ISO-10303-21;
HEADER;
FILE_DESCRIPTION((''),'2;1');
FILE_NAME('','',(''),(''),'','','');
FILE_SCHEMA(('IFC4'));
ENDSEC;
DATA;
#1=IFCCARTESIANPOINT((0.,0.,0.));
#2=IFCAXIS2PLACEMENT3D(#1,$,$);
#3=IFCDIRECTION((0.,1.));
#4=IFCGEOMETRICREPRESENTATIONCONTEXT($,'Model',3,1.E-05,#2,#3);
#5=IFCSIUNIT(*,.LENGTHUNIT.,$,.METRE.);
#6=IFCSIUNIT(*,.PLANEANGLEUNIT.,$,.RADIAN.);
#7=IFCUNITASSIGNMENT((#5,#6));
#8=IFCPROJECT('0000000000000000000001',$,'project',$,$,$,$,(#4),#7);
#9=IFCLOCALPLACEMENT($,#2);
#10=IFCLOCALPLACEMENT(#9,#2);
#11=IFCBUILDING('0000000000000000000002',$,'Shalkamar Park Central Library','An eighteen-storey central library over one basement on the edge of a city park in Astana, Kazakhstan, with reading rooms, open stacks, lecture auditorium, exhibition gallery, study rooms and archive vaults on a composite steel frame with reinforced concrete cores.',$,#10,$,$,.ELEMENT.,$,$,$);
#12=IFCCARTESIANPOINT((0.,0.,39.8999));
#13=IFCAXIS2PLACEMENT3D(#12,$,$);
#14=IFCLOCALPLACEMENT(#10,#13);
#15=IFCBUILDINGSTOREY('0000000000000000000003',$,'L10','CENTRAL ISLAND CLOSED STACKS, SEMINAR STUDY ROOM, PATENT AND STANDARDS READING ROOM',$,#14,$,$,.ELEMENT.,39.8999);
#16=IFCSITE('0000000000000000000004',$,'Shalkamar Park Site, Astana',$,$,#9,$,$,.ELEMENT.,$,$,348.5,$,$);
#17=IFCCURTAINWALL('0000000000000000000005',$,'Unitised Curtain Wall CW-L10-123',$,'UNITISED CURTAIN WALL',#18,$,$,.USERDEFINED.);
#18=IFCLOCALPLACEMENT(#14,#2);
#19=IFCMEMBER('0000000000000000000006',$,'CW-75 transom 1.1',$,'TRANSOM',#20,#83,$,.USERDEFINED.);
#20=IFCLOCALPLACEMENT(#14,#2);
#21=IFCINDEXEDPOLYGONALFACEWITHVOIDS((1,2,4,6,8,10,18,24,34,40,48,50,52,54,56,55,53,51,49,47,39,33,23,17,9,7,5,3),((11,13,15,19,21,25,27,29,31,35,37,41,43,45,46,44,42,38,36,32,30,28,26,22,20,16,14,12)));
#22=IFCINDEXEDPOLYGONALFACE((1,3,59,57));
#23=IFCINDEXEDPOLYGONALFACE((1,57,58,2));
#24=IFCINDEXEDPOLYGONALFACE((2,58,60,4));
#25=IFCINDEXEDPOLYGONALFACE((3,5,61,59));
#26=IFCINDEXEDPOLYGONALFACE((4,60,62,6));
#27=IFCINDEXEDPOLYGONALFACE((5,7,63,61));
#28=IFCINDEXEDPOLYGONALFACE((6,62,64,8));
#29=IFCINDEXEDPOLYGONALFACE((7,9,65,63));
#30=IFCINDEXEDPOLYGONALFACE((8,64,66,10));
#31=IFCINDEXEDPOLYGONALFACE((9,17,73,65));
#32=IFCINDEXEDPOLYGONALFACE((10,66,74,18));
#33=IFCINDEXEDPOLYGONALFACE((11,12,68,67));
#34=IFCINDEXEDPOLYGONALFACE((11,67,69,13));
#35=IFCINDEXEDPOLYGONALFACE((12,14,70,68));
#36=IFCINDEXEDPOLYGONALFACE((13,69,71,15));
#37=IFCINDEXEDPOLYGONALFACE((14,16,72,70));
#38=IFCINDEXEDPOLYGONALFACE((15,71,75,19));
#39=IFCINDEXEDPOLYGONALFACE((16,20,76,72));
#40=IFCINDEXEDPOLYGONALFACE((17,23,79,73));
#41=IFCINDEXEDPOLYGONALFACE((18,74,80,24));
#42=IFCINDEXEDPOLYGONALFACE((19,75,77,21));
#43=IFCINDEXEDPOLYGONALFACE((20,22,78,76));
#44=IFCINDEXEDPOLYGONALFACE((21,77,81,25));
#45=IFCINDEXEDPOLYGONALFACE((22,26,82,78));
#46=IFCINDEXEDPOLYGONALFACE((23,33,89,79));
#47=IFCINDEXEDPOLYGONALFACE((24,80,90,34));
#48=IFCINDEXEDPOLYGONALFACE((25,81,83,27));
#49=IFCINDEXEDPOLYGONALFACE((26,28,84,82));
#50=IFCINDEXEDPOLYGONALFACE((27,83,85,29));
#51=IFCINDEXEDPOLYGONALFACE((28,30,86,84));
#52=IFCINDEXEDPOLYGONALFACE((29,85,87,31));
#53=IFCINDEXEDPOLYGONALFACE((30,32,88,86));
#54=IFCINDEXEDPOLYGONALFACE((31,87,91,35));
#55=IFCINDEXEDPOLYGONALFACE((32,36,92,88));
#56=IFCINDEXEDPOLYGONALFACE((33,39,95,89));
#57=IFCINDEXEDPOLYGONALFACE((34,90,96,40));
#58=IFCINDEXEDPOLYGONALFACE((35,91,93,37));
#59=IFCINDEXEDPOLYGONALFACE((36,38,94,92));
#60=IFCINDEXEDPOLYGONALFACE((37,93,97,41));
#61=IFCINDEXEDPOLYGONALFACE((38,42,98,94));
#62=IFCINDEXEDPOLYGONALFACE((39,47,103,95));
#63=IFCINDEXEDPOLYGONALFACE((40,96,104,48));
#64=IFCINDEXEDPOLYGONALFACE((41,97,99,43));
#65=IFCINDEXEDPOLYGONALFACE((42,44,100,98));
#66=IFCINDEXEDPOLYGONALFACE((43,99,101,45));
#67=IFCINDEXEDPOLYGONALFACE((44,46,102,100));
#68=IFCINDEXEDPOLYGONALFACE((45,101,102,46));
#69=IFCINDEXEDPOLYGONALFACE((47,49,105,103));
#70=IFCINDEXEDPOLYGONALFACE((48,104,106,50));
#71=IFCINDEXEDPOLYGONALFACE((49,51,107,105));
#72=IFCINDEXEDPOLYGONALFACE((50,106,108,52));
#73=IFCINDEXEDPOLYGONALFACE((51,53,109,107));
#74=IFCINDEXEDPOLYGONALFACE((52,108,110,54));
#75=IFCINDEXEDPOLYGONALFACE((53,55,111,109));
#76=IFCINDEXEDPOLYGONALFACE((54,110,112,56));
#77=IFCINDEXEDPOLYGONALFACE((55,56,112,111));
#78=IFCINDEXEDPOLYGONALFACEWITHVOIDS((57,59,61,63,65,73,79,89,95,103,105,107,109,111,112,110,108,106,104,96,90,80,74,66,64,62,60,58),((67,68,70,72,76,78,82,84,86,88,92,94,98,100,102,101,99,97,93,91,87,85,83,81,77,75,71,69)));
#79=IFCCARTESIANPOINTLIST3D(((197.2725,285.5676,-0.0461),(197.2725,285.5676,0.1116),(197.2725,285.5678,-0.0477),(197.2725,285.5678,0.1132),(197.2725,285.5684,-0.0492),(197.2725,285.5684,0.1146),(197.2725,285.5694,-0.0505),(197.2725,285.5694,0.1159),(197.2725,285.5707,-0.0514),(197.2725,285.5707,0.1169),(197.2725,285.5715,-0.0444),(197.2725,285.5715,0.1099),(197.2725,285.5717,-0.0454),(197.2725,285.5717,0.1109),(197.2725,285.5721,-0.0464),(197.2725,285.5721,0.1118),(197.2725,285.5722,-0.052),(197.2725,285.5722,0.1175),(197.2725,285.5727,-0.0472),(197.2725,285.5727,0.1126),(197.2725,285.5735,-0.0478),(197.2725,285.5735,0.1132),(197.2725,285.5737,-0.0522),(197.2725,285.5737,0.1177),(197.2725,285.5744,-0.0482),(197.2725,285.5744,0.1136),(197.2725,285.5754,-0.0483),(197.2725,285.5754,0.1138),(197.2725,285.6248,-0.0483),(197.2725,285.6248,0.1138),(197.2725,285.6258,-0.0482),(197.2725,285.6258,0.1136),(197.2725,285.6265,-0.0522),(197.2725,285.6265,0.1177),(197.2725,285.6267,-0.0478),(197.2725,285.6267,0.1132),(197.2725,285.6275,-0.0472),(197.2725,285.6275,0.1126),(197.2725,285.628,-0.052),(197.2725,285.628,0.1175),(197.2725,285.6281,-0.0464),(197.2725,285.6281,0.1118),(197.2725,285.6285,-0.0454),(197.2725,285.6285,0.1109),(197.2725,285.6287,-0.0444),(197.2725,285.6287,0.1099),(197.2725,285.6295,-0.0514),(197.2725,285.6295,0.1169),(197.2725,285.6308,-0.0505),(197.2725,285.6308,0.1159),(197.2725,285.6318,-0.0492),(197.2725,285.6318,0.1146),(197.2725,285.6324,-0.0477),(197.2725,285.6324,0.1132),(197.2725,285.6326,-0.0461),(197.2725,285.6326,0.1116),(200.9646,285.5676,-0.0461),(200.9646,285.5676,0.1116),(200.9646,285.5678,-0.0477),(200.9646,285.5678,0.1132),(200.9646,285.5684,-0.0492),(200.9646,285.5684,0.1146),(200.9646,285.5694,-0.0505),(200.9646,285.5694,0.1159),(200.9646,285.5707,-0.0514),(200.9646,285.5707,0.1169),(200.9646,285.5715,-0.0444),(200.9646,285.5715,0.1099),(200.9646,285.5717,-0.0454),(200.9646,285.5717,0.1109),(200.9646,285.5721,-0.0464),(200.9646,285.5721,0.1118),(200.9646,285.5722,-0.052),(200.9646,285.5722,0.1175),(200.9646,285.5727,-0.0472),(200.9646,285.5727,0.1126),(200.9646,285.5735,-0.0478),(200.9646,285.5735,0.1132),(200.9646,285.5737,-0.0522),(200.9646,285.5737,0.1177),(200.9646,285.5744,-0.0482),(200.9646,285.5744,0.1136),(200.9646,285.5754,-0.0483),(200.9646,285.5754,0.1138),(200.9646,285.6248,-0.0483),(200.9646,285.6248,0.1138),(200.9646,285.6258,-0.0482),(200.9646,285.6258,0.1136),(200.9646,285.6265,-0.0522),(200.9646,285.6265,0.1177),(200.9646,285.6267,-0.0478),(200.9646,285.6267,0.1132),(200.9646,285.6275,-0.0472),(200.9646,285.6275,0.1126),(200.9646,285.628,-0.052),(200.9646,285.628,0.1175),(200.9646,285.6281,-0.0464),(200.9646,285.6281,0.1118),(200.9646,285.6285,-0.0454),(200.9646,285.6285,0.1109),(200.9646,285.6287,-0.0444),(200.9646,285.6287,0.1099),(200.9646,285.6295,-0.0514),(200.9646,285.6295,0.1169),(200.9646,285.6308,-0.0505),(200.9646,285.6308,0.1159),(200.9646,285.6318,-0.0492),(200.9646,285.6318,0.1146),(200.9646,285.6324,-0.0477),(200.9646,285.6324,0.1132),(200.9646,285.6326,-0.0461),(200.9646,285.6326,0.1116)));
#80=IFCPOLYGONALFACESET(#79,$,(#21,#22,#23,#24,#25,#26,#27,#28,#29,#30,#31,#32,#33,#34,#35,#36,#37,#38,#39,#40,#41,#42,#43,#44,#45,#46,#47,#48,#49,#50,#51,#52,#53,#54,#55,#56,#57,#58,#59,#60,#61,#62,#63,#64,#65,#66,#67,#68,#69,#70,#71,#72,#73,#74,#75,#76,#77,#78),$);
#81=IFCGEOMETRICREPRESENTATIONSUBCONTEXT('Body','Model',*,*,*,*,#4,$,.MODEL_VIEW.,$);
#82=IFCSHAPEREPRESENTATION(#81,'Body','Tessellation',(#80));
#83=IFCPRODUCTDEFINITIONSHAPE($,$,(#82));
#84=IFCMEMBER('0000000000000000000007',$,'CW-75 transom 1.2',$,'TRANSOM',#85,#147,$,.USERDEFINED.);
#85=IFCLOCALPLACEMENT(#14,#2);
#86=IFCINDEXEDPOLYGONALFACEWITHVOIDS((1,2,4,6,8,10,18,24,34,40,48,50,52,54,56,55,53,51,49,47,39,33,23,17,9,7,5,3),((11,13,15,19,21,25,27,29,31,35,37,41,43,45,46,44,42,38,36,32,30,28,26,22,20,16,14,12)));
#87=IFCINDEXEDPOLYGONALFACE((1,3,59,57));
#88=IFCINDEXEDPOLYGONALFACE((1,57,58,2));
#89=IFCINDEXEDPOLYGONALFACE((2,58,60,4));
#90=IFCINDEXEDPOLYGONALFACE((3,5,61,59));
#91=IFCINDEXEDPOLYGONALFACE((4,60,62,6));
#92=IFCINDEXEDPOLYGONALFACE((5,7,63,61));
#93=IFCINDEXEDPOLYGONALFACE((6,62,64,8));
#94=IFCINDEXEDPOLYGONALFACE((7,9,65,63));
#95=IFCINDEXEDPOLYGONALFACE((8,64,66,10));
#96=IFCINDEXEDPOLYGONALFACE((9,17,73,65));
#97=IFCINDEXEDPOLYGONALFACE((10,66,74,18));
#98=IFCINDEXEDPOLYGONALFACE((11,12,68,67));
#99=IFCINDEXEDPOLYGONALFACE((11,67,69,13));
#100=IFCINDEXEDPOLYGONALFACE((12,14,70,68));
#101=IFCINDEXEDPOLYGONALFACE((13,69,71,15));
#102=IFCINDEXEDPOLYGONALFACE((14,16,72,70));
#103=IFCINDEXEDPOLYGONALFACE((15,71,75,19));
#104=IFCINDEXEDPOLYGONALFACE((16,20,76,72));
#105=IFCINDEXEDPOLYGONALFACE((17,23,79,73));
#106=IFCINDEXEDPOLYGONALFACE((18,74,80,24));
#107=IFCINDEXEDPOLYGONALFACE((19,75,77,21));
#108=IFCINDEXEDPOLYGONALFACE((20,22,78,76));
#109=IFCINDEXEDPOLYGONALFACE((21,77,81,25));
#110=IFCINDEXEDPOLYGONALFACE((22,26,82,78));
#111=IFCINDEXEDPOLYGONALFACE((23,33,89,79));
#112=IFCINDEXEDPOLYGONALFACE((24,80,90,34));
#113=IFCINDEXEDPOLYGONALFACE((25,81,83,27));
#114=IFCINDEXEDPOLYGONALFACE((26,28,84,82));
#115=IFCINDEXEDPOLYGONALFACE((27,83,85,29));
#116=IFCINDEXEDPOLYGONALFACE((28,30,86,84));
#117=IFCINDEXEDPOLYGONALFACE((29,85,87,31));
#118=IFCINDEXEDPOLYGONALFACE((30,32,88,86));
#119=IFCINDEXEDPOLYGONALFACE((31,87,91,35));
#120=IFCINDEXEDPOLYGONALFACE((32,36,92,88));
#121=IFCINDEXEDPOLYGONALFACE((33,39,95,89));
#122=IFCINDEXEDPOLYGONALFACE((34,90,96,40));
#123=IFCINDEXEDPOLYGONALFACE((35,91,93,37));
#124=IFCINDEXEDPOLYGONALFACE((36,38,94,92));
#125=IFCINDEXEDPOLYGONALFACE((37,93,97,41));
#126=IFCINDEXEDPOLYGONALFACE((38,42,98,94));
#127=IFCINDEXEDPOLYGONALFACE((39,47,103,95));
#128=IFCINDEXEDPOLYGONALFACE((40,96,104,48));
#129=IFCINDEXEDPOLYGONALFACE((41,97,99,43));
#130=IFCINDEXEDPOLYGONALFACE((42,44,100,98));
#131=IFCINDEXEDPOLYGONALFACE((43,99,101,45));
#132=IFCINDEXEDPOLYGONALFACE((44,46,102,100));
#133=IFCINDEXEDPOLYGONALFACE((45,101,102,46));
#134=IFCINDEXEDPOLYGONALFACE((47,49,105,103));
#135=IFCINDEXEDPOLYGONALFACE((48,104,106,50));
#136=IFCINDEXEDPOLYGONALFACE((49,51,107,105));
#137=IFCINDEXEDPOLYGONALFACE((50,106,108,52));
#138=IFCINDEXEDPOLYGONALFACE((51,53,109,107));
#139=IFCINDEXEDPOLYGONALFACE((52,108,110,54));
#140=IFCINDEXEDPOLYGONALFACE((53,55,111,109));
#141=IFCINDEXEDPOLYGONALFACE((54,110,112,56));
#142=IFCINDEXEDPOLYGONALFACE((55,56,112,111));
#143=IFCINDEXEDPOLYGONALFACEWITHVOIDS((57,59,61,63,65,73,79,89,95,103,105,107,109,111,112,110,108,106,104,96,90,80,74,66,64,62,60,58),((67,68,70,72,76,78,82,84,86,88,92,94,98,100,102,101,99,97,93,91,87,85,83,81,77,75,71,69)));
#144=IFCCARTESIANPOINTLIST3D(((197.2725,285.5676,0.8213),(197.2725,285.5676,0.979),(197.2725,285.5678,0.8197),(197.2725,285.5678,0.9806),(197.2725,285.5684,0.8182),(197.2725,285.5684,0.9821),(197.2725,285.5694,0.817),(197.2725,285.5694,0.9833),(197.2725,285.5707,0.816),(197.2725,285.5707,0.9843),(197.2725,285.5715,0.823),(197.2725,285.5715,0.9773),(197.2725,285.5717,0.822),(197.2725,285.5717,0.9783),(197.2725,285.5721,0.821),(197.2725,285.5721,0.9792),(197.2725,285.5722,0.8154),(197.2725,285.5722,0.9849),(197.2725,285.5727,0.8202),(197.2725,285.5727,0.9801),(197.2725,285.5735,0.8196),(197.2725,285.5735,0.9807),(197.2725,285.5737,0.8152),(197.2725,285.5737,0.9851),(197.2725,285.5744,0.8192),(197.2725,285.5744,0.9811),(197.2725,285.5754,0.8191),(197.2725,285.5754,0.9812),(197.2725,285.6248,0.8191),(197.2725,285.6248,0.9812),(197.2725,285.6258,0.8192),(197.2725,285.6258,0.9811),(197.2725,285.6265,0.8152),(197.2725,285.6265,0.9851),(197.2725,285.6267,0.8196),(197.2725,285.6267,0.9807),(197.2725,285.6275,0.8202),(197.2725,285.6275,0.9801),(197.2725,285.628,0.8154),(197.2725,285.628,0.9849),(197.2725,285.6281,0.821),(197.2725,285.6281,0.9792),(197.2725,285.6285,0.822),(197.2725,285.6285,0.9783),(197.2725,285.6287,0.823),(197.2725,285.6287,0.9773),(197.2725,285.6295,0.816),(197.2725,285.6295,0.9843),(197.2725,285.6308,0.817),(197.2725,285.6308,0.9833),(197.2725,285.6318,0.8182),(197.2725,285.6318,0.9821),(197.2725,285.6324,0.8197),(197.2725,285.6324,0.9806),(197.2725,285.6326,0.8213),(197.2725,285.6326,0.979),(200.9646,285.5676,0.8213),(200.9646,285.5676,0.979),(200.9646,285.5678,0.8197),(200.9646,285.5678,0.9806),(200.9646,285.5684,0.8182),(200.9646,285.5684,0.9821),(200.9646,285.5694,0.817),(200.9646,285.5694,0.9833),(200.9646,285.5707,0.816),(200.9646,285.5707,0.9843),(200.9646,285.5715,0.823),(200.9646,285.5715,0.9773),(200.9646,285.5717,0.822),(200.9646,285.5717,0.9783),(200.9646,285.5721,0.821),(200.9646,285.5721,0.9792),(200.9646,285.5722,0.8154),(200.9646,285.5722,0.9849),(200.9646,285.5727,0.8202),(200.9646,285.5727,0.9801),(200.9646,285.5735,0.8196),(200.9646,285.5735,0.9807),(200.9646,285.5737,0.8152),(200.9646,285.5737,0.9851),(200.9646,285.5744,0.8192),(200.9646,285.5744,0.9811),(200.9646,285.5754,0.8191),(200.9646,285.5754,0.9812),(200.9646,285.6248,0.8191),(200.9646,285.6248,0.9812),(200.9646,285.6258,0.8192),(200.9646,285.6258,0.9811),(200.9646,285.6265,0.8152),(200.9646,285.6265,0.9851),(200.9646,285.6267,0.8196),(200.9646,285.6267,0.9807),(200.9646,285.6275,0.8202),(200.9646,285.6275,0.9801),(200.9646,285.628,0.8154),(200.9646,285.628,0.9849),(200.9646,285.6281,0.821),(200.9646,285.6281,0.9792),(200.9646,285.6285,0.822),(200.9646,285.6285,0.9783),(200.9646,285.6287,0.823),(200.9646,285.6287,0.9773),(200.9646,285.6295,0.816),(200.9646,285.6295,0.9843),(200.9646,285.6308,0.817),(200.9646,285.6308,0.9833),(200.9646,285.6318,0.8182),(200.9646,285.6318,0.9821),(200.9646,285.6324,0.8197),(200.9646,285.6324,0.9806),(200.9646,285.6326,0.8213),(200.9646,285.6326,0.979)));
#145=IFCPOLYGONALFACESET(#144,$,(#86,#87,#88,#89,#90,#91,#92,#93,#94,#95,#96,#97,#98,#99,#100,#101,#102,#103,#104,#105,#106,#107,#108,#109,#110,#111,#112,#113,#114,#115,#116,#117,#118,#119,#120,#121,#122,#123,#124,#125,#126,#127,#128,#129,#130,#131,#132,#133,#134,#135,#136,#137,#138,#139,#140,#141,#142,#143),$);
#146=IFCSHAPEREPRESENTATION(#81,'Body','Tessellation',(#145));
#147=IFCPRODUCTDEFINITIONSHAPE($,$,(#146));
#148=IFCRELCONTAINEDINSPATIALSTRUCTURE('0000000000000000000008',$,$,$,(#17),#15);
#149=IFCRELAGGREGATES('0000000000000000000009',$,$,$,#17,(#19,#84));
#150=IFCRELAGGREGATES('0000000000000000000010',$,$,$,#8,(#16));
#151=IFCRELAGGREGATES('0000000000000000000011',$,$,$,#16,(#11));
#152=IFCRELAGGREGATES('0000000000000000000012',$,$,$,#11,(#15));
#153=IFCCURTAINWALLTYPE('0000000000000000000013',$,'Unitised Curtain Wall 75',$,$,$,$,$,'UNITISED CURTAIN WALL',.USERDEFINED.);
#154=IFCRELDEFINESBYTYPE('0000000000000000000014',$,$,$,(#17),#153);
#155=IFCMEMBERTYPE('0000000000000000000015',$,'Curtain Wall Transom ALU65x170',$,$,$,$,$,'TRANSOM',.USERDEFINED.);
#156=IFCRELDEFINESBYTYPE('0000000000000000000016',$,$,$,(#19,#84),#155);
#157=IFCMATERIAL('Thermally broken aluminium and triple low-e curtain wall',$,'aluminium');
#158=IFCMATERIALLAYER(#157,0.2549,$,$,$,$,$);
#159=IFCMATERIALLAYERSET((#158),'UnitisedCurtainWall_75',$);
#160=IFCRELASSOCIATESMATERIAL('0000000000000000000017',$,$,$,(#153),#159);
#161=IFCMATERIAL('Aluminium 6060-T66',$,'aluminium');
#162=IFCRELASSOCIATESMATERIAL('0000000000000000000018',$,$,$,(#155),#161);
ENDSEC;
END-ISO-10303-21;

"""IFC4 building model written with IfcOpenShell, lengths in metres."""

from ifc_helpers import new_model, si_unit, direction, frame, origin, origin_2d, place, context, subcontext, project, spatial, hollow_rectangle, extrude, material, layer, layer_set, material_profile, profile_set, type_object, element, aggregate, save


model = new_model("IFC4")

# Units and contexts
model_context = context("Model", 3, precision=1e-05, world=origin(), true_north=direction((0.0, 1.0)))
body_context = subcontext(model_context, "Body", "Model", "MODEL_VIEW")
ifc_project = project(units=[si_unit("LENGTHUNIT", "METRE"), si_unit("PLANEANGLEUNIT", "RADIAN")], contexts=[model_context])

# Site, building, storey
site_placement = place(None, origin())
site = spatial("IfcSite", under=ifc_project, at=site_placement, Name="Shalkamar Park Site, Astana", CompositionType="ELEMENT", RefElevation=348.5)
building_placement = place(site_placement, origin())
building = spatial("IfcBuilding", under=site, at=building_placement, Name="Shalkamar Park Central Library", Description="An eighteen-storey central library over one basement on the edge of a city park in Astana, Kazakhstan, with reading rooms, open stacks, lecture auditorium, exhibition gallery, study rooms and archive vaults on a composite steel frame with reinforced concrete cores.", CompositionType="ELEMENT")
storey_placement = place(building_placement, frame((0.0, 0.0, 39.8999)))
storey = spatial("IfcBuildingStorey", under=building, at=storey_placement, Name="L10", Description="CENTRAL ISLAND CLOSED STACKS, SEMINAR STUDY ROOM, PATENT AND STANDARDS READING ROOM", CompositionType="ELEMENT", Elevation=39.8999)

# Curtain wall
ifc_material_1 = material(Name="Thermally broken aluminium and triple low-e curtain wall", Category="aluminium")
ifc_layer_1 = layer(ifc_material_1, 0.2549)
ifc_layer_set_1 = layer_set([ifc_layer_1], Name="UnitisedCurtainWall_75")
curtain_wall_type_1 = type_object("IfcCurtainWallType", Name="Unitised Curtain Wall 75", ElementType="UNITISED CURTAIN WALL", PredefinedType="USERDEFINED", material=ifc_layer_set_1)
curtain_wall_1_placement = place(storey_placement, origin())
curtain_wall_1 = element("IfcCurtainWall", 1, at=curtain_wall_1_placement, inside=storey, type_object=curtain_wall_type_1, Name="Unitised Curtain Wall CW-L10-123", ObjectType="UNITISED CURTAIN WALL", PredefinedType="USERDEFINED")
ifc_material_2 = material(Name="Aluminium 6060-T66", Category="aluminium")

# Members
ifc_material_profile_1 = material_profile(ifc_material_2, hollow_rectangle(XDim=0.0649, YDim=0.1699, WallThickness=0.0039, InnerFilletRadius=0.0039, OuterFilletRadius=0.0061, at=origin_2d()), Name="ALU 65x170x4")
ifc_profile_set_1 = profile_set([ifc_material_profile_1], Name="Aluminium 6060-T66")
member_type_1 = type_object("IfcMemberType", Name="Curtain Wall Transom ALU65x170", ElementType="TRANSOM", PredefinedType="USERDEFINED", material=ifc_profile_set_1)
member_1_placement = place(storey_placement, frame((197.2725, 285.6001, 0.0327), z_axis=(1.0, 0.0, 0.0), x_axis=(0.0, 1.0, 0.0)))
member_1 = element("IfcMember", 2, at=member_1_placement, type_object=member_type_1, Name="CW-75 transom 1.1", ObjectType="TRANSOM", PredefinedType="USERDEFINED", context=body_context, shape_type="SweptSolid", body=[
    extrude(hollow_rectangle(XDim=0.0649, YDim=0.1699, WallThickness=0.0039, InnerFilletRadius=0.0039, OuterFilletRadius=0.0061, at=origin_2d()), origin(), (0.0, 0.0, 1.0), 3.6921),
])
member_2_placement = place(storey_placement, frame((197.2725, 285.6001, 0.9001), z_axis=(1.0, 0.0, 0.0), x_axis=(0.0, 1.0, 0.0)))
member_2 = element("IfcMember", 3, at=member_2_placement, type_object=member_type_1, Name="CW-75 transom 1.2", ObjectType="TRANSOM", PredefinedType="USERDEFINED", context=body_context, shape_type="SweptSolid", body=[
    extrude(hollow_rectangle(XDim=0.0649, YDim=0.1699, WallThickness=0.0039, InnerFilletRadius=0.0039, OuterFilletRadius=0.0061, at=origin_2d()), origin(), (0.0, 0.0, 1.0), 3.6921),
])

aggregate(curtain_wall_1, [member_1, member_2])

save(model, "model.ifc")
